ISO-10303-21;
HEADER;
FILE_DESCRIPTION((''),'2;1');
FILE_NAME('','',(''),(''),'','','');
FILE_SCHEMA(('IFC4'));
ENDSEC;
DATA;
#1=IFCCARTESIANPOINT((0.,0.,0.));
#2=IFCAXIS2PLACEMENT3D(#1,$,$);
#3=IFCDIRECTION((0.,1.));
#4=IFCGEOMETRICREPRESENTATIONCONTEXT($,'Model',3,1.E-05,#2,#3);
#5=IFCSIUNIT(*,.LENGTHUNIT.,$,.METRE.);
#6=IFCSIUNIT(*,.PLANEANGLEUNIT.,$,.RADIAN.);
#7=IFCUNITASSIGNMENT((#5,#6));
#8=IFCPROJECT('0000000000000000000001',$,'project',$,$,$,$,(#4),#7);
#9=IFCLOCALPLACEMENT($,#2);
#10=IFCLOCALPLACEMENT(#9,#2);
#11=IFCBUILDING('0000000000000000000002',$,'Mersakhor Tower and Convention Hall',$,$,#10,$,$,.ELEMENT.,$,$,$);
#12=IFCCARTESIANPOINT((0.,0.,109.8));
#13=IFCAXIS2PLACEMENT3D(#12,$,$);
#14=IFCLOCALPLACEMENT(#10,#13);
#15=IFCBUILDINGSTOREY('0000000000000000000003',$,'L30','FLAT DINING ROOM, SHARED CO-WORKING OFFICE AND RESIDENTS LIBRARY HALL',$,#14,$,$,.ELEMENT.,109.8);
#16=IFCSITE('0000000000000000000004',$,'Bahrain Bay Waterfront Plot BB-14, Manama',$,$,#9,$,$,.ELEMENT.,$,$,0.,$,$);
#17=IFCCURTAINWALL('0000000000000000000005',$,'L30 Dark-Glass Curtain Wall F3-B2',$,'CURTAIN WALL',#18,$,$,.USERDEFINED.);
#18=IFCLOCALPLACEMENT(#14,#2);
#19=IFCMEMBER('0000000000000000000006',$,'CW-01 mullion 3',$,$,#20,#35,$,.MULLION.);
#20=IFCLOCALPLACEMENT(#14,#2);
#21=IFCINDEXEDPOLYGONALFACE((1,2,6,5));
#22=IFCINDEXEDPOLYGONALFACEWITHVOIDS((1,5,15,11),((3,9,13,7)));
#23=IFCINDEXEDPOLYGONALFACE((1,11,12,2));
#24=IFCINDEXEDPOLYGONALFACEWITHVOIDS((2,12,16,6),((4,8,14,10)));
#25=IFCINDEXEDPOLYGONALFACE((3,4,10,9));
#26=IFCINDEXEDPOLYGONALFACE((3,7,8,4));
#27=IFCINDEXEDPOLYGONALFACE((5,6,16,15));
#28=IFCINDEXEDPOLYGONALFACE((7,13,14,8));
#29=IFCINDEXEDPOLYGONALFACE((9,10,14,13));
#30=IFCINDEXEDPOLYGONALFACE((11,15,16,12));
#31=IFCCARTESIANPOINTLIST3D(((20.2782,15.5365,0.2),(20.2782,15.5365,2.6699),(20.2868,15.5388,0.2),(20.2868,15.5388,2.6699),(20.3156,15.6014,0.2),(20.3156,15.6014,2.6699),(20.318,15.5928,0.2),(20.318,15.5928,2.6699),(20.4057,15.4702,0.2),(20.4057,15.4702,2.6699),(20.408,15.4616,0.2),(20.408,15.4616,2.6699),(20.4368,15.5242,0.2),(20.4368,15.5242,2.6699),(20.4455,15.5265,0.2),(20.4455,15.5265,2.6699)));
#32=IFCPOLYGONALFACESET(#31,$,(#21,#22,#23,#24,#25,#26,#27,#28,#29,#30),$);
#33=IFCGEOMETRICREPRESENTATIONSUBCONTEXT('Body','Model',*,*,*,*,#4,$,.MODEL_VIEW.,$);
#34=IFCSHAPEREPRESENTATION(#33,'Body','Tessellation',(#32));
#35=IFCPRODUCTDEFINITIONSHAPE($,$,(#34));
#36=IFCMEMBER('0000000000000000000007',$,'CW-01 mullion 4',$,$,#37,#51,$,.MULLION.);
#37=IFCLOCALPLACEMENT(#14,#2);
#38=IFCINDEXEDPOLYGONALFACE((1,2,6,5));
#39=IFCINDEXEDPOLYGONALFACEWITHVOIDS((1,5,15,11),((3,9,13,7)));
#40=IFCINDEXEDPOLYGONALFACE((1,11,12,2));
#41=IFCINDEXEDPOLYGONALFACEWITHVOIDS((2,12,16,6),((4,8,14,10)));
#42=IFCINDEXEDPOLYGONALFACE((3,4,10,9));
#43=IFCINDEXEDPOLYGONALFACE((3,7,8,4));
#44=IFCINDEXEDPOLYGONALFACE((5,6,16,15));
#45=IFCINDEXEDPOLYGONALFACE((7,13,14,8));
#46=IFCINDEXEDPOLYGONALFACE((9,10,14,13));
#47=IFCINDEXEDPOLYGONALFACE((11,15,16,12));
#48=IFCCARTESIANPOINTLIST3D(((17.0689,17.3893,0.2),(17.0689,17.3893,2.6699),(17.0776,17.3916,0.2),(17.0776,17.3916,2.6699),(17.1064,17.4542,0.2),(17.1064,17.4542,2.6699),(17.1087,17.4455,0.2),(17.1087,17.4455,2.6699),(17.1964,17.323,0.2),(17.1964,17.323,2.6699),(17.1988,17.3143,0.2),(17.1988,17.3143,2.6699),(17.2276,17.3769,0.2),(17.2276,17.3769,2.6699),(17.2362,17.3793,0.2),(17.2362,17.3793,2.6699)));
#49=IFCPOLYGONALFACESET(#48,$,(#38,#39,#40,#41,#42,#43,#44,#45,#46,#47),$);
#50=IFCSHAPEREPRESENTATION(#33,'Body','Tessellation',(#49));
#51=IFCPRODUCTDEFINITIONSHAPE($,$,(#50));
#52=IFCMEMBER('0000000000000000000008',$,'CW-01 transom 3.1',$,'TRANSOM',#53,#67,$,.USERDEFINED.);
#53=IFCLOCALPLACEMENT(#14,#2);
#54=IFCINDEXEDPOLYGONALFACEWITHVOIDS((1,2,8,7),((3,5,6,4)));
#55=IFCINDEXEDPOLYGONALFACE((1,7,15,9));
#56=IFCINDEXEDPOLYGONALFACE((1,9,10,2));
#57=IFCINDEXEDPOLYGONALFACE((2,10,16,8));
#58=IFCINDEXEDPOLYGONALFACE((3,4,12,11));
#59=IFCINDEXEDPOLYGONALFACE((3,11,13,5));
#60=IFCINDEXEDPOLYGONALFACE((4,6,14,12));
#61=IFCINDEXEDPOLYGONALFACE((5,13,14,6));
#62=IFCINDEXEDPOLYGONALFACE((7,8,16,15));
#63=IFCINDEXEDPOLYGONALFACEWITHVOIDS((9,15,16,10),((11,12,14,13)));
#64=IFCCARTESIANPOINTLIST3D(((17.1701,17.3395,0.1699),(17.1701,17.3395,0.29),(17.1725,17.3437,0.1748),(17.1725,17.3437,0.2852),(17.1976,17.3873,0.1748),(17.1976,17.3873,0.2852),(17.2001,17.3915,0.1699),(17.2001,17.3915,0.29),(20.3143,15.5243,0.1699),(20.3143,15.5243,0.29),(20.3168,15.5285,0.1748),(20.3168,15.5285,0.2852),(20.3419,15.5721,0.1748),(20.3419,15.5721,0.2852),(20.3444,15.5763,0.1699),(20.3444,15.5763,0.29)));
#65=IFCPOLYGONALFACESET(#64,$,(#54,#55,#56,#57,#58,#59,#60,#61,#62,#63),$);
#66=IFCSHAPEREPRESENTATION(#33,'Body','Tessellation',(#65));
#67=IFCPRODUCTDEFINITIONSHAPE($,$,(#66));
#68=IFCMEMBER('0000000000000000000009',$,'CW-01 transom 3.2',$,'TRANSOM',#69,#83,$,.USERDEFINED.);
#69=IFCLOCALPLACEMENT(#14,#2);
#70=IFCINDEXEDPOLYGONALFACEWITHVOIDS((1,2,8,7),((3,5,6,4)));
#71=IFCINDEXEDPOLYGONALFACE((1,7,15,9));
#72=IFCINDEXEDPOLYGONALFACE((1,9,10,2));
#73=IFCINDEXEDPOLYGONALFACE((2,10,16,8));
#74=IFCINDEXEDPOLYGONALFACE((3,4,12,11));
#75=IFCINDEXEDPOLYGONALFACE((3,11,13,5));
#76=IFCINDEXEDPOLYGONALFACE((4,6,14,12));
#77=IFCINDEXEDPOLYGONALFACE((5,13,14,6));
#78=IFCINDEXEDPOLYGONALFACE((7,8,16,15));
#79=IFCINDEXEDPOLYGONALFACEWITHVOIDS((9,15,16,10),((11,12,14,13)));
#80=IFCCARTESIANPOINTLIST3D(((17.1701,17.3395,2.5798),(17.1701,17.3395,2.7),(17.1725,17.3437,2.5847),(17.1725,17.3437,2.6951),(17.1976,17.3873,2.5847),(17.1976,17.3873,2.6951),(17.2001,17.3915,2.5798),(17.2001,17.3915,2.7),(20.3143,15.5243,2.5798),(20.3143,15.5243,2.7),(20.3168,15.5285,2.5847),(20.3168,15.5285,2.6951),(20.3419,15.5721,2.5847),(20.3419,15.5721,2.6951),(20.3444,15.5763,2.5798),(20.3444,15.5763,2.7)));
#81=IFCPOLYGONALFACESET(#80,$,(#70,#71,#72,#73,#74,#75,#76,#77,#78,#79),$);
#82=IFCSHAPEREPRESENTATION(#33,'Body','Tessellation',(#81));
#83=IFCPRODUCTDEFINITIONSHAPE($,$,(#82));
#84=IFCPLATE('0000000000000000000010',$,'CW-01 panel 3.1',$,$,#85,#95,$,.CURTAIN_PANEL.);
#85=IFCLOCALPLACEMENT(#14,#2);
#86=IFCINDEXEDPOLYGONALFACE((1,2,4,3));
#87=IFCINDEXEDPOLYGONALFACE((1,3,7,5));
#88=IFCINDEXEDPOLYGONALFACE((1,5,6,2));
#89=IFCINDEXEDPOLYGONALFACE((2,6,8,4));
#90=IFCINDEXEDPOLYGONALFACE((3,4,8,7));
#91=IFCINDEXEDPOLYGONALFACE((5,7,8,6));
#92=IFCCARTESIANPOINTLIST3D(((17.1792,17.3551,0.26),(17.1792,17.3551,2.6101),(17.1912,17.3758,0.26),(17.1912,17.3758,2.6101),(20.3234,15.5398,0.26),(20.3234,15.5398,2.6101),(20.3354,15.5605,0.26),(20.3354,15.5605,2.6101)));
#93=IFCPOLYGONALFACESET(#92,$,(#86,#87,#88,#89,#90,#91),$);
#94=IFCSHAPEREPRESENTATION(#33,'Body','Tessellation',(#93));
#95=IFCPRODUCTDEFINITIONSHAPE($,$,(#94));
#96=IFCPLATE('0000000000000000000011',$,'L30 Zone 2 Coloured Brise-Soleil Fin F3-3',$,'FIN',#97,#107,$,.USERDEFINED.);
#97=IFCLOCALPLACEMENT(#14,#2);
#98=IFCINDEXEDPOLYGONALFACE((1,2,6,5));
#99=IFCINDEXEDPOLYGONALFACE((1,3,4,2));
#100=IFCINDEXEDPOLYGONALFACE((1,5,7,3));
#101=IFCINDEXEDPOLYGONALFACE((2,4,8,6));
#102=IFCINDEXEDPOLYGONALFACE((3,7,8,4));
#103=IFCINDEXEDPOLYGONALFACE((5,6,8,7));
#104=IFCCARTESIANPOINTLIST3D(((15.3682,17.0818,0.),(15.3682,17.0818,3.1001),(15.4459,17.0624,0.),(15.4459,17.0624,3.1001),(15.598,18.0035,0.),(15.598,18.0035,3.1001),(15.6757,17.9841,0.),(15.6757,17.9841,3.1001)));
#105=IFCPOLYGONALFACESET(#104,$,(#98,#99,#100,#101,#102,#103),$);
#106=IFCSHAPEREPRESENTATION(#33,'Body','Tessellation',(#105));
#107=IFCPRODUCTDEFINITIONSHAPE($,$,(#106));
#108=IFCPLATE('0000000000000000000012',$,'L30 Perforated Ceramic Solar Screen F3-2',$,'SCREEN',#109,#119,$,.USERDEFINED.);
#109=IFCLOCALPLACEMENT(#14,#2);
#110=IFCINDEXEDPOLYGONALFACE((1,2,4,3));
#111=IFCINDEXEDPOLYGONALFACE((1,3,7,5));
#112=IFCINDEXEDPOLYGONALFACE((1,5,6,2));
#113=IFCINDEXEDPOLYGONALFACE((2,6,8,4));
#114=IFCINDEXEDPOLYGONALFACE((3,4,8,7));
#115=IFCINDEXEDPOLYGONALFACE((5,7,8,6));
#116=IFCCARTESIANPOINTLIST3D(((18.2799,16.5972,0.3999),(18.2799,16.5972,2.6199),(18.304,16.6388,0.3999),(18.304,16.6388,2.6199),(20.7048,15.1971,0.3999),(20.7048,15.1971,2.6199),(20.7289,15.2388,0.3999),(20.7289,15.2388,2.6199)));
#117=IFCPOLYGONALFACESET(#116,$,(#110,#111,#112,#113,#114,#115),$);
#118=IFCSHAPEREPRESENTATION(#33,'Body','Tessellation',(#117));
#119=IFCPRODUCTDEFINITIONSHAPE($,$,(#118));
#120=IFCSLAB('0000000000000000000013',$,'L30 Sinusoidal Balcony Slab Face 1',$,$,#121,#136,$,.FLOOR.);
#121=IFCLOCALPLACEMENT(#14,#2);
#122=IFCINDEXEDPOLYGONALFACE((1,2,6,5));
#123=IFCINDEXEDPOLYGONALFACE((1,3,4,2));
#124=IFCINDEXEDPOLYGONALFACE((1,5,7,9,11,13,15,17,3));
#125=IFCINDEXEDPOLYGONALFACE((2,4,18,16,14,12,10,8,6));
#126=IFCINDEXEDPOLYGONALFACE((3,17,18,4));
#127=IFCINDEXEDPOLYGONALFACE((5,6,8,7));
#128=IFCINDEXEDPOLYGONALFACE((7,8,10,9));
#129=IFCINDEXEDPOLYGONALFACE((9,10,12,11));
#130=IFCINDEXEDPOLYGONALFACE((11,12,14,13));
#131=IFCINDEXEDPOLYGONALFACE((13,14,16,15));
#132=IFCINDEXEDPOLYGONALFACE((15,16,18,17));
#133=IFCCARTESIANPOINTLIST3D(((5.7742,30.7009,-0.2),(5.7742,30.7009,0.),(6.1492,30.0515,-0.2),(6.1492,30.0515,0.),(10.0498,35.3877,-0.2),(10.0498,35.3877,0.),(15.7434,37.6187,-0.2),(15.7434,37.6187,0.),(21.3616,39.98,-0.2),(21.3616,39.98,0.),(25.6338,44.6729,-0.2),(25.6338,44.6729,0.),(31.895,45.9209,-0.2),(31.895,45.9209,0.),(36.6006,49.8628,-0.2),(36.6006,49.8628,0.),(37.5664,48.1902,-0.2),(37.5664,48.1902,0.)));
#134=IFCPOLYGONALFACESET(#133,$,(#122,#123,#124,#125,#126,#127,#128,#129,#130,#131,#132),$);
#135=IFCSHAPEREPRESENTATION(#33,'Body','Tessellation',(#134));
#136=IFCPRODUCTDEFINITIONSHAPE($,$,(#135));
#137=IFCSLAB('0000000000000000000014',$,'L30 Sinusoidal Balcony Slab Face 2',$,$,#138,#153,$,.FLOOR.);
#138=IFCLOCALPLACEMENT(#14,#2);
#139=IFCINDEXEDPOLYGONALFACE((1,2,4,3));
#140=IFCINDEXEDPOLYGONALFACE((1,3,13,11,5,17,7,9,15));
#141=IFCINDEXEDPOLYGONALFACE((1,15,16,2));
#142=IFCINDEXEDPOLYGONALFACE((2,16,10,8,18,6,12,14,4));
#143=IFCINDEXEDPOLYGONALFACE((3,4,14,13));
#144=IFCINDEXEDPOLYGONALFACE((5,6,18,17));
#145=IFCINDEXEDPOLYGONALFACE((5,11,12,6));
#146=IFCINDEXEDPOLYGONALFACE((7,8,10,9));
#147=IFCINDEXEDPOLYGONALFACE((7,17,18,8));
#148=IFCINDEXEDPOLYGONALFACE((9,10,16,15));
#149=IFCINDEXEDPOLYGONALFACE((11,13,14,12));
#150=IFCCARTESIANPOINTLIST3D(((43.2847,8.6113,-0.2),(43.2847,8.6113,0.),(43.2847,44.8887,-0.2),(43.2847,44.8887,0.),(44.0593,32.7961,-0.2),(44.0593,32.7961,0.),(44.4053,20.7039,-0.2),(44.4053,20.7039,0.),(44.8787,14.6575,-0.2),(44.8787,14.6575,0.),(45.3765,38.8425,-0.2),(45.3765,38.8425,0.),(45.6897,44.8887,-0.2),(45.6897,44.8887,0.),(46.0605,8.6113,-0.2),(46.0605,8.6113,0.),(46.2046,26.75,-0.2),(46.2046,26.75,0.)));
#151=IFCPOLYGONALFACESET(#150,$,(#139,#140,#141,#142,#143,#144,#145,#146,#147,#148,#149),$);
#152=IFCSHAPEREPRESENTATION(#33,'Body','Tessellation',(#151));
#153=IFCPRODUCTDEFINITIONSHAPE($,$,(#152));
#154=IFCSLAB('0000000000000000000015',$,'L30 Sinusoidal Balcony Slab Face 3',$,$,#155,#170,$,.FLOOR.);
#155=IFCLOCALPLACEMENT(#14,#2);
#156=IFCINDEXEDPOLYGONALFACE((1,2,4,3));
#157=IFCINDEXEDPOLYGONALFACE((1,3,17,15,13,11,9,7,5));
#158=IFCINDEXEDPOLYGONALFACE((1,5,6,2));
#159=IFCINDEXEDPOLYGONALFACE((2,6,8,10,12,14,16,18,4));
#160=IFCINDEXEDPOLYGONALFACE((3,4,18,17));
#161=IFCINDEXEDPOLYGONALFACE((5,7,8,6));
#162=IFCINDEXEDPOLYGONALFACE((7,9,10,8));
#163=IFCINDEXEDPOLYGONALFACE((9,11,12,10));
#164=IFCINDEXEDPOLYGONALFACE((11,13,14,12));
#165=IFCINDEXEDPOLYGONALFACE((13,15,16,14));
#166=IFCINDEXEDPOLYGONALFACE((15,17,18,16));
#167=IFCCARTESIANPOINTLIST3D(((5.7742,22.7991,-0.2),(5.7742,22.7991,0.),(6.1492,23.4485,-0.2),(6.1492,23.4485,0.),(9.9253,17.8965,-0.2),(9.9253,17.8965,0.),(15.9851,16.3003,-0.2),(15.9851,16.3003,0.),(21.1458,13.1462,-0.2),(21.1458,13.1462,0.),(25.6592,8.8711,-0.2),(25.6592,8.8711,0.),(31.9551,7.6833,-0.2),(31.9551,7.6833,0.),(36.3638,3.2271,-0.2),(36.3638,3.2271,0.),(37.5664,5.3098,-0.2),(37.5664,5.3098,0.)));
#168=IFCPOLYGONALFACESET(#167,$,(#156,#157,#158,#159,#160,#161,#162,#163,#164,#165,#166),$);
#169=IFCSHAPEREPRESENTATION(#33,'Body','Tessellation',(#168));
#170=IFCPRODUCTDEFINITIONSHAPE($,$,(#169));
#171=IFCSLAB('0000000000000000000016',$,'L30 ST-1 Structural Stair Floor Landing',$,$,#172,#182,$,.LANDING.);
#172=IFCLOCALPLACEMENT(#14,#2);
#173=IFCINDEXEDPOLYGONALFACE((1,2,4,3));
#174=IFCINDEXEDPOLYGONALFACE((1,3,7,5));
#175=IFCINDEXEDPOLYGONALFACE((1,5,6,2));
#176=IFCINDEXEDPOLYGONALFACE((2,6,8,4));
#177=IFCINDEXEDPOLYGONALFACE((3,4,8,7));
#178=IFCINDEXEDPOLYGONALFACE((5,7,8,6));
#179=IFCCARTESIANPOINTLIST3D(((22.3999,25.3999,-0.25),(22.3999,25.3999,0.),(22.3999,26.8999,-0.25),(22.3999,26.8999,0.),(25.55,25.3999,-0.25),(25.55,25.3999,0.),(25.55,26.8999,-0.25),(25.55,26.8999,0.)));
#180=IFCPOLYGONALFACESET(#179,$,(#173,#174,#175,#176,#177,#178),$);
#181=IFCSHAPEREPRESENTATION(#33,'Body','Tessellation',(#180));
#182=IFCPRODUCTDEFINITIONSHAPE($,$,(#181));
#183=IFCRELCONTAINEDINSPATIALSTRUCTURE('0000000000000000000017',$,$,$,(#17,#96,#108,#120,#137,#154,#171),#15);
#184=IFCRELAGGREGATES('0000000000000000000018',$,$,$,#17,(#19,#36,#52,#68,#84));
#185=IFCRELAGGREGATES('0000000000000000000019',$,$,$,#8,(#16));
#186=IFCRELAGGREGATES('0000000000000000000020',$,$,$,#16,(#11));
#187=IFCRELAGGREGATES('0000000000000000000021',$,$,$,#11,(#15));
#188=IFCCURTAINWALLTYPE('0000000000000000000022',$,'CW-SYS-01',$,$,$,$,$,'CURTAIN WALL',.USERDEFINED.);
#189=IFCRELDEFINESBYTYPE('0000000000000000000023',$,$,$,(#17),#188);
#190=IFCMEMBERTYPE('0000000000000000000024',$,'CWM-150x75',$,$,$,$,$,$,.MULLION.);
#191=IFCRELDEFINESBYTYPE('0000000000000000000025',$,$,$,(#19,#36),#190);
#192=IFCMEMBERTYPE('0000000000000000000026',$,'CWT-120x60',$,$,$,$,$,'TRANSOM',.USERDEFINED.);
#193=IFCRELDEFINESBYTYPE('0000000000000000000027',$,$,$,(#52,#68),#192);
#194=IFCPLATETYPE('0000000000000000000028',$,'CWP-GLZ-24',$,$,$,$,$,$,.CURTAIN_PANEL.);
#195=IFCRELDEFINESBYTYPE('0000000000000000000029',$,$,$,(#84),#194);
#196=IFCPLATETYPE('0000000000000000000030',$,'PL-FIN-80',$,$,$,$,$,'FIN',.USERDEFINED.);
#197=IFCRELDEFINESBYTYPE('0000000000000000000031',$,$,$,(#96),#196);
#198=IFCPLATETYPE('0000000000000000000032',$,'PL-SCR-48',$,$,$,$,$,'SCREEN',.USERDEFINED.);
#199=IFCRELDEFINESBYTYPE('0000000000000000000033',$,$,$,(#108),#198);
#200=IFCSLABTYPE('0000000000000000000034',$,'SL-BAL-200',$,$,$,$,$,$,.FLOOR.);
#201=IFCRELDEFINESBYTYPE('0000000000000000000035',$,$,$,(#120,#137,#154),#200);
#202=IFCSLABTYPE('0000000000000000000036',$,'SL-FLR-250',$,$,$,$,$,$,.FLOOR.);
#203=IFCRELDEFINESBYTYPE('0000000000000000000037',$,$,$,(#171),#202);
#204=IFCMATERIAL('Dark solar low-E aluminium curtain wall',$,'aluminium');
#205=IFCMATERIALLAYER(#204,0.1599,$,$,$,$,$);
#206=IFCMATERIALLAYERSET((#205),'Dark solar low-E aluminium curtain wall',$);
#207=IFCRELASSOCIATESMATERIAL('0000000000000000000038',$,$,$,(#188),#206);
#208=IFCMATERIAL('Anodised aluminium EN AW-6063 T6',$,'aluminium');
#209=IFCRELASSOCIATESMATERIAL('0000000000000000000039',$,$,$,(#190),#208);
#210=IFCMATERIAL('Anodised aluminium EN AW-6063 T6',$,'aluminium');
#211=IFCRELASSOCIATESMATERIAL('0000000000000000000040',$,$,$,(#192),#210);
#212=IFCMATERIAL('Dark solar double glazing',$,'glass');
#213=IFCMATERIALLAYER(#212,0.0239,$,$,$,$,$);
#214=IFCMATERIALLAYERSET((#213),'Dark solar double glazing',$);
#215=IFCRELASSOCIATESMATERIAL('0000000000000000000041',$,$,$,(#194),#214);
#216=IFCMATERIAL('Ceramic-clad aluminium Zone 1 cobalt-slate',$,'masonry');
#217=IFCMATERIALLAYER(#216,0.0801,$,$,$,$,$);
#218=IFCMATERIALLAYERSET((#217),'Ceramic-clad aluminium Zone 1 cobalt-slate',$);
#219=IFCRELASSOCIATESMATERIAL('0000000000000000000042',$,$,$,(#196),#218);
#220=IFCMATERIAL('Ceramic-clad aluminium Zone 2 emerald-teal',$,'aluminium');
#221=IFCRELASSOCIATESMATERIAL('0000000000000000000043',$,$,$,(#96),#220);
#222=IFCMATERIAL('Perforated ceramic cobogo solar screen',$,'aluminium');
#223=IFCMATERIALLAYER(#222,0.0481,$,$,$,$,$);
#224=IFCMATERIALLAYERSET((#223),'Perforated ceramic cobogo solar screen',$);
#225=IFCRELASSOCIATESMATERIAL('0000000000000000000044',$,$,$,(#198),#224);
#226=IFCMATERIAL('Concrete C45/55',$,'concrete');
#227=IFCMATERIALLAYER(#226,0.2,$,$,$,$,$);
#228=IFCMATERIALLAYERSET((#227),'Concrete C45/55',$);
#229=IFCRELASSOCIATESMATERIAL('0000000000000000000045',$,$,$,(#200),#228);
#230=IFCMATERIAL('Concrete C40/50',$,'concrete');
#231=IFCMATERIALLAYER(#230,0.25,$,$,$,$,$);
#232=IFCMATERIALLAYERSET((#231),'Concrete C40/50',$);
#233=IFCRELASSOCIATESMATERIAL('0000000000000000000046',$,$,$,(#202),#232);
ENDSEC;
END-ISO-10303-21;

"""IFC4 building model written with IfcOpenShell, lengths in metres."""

from ifc_helpers import new_model, si_unit, direction, frame, origin, origin_2d, place, context, subcontext, project, spatial, polyline, rectangle, hollow_rectangle, outline, extrude, material, layer, layer_set, material_profile, profile_set, type_object, element, aggregate, save


model = new_model("IFC4")

# Units and contexts
model_context = context("Model", 3, precision=1e-05, world=origin(), true_north=direction((0.0, 1.0)))
body_context = subcontext(model_context, "Body", "Model", "MODEL_VIEW")
ifc_project = project(units=[si_unit("LENGTHUNIT", "METRE"), si_unit("PLANEANGLEUNIT", "RADIAN")], contexts=[model_context])

# Site, building, storey
site_placement = place(None, origin())
site = spatial("IfcSite", under=ifc_project, at=site_placement, Name="Bahrain Bay Waterfront Plot BB-14, Manama", CompositionType="ELEMENT", RefElevation=0.0)
building_placement = place(site_placement, origin())
building = spatial("IfcBuilding", under=site, at=building_placement, Name="Mersakhor Tower and Convention Hall", CompositionType="ELEMENT")
storey_placement = place(building_placement, frame((0.0, 0.0, 109.8)))
storey = spatial("IfcBuildingStorey", under=building, at=storey_placement, Name="L30", Description="FLAT DINING ROOM, SHARED CO-WORKING OFFICE AND RESIDENTS LIBRARY HALL", CompositionType="ELEMENT", Elevation=109.8)

# Curtain wall, members, plate
ifc_material_1 = material(Name="Dark solar low-E aluminium curtain wall", Category="aluminium")
ifc_layer_1 = layer(ifc_material_1, 0.1599)
ifc_layer_set_1 = layer_set([ifc_layer_1], Name="Dark solar low-E aluminium curtain wall")
curtain_wall_type = type_object("IfcCurtainWallType", Name="CW-SYS-01", ElementType="CURTAIN WALL", PredefinedType="USERDEFINED", material=ifc_layer_set_1)
curtain_wall_placement = place(storey_placement, origin())
curtain_wall = element("IfcCurtainWall", 1, at=curtain_wall_placement, inside=storey, type_object=curtain_wall_type, Name="L30 Dark-Glass Curtain Wall F3-B2", ObjectType="CURTAIN WALL", PredefinedType="USERDEFINED")
ifc_material_2 = material(Name="Anodised aluminium EN AW-6063 T6", Category="aluminium")
ifc_material_profile_1 = material_profile(ifc_material_2, hollow_rectangle(XDim=0.075, YDim=0.1499, WallThickness=0.0063, at=origin_2d()), Name="RHS 150x75x6.3")
ifc_profile_set_1 = profile_set([ifc_material_profile_1], Name="Anodised aluminium EN AW-6063 T6")
member_type_1 = type_object("IfcMemberType", Name="CWM-150x75", PredefinedType="MULLION", material=ifc_profile_set_1)
member_1_placement = place(storey_placement, frame((20.3618, 15.5315, 0.2), z_axis=(0.0, 0.0, 1.0), x_axis=(-0.499998, -0.866027, 0.0)))
member_1 = element("IfcMember", 2, at=member_1_placement, type_object=member_type_1, Name="CW-01 mullion 3", PredefinedType="MULLION", context=body_context, shape_type="SweptSolid", body=[
    extrude(hollow_rectangle(XDim=0.075, YDim=0.1499, WallThickness=0.0063, at=origin_2d()), origin(), (0.0, 0.0, 1.0), 2.47),
])
member_2_placement = place(storey_placement, frame((17.1526, 17.3843, 0.2), z_axis=(0.0, 0.0, 1.0), x_axis=(-0.499998, -0.866027, 0.0)))
member_2 = element("IfcMember", 3, at=member_2_placement, type_object=member_type_1, Name="CW-01 mullion 4", PredefinedType="MULLION", context=body_context, shape_type="SweptSolid", body=[
    extrude(hollow_rectangle(XDim=0.075, YDim=0.1499, WallThickness=0.0063, at=origin_2d()), origin(), (0.0, 0.0, 1.0), 2.47),
])
ifc_material_3 = material(Name="Anodised aluminium EN AW-6063 T6", Category="aluminium")
ifc_material_profile_2 = material_profile(ifc_material_3, hollow_rectangle(XDim=0.0601, YDim=0.1201, WallThickness=0.0049, at=origin_2d()), Name="RHS 120x60x5")
ifc_profile_set_2 = profile_set([ifc_material_profile_2], Name="Anodised aluminium EN AW-6063 T6")
member_type_2 = type_object("IfcMemberType", Name="CWT-120x60", ElementType="TRANSOM", PredefinedType="USERDEFINED", material=ifc_profile_set_2)
member_3_placement = place(storey_placement, frame((20.3293, 15.5503, 0.23), z_axis=(-0.866046, 0.499965, 0.0), x_axis=(-0.499965, -0.866046, 0.0)))
member_3 = element("IfcMember", 4, at=member_3_placement, type_object=member_type_2, Name="CW-01 transom 3.1", ObjectType="TRANSOM", PredefinedType="USERDEFINED", context=body_context, shape_type="SweptSolid", body=[
    extrude(hollow_rectangle(XDim=0.0601, YDim=0.1201, WallThickness=0.0049, at=origin_2d()), origin(), (0.0, 0.0, 1.0), 3.6306),
])
member_4_placement = place(storey_placement, frame((20.3293, 15.5503, 2.6399), z_axis=(-0.866046, 0.499965, 0.0), x_axis=(-0.499965, -0.866046, 0.0)))
member_4 = element("IfcMember", 5, at=member_4_placement, type_object=member_type_2, Name="CW-01 transom 3.2", ObjectType="TRANSOM", PredefinedType="USERDEFINED", context=body_context, shape_type="SweptSolid", body=[
    extrude(hollow_rectangle(XDim=0.0601, YDim=0.1201, WallThickness=0.0049, at=origin_2d()), origin(), (0.0, 0.0, 1.0), 3.6306),
])
ifc_material_4 = material(Name="Dark solar double glazing", Category="glass")
ifc_layer_2 = layer(ifc_material_4, 0.0239)
ifc_layer_set_2 = layer_set([ifc_layer_2], Name="Dark solar double glazing")
plate_type_1 = type_object("IfcPlateType", Name="CWP-GLZ-24", PredefinedType="CURTAIN_PANEL", material=ifc_layer_set_2)
plate_1_placement = place(storey_placement, frame((18.7573, 16.4578, 0.26), z_axis=(0.0, 0.0, 1.0), x_axis=(-0.866027, 0.499998, 0.0)))
plate_1 = element("IfcPlate", 6, at=plate_1_placement, type_object=plate_type_1, Name="CW-01 panel 3.1", PredefinedType="CURTAIN_PANEL", context=body_context, shape_type="SweptSolid", body=[
    extrude(rectangle(XDim=3.6306, YDim=0.0239, at=origin_2d()), origin(), (0.0, 0.0, 1.0), 2.3501),
])
aggregate(curtain_wall, [member_1, member_2, member_3, member_4, plate_1])

# Plates
ifc_material_5 = material(Name="Ceramic-clad aluminium Zone 2 emerald-teal", Category="aluminium")
ifc_material_6 = material(Name="Ceramic-clad aluminium Zone 1 cobalt-slate", Category="masonry")
ifc_layer_3 = layer(ifc_material_6, 0.0801)
ifc_layer_set_3 = layer_set([ifc_layer_3], Name="Ceramic-clad aluminium Zone 1 cobalt-slate")
plate_type_2 = type_object("IfcPlateType", Name="PL-FIN-80", ElementType="FIN", PredefinedType="USERDEFINED", material=ifc_layer_set_3)
plate_2_placement = place(storey_placement, frame((15.522, 17.533, 0.0), z_axis=(0.0, 0.0, 1.0), x_axis=(-0.241922, -0.970296, 0.0)))
element("IfcPlate", 7, at=plate_2_placement, inside=storey, type_object=plate_type_2, material=ifc_material_5, Name="L30 Zone 2 Coloured Brise-Soleil Fin F3-3", ObjectType="FIN", PredefinedType="USERDEFINED", context=body_context, shape_type="SweptSolid", body=[
    extrude(rectangle(XDim=0.95, YDim=0.0801, at=origin_2d()), origin(), (0.0, 0.0, 1.0), 3.1001),
])
ifc_material_7 = material(Name="Perforated ceramic cobogo solar screen", Category="aluminium")
ifc_layer_4 = layer(ifc_material_7, 0.0481)
ifc_layer_set_4 = layer_set([ifc_layer_4], Name="Perforated ceramic cobogo solar screen")
plate_type_3 = type_object("IfcPlateType", Name="PL-SCR-48", ElementType="SCREEN", PredefinedType="USERDEFINED", material=ifc_layer_set_4)
plate_3_placement = place(storey_placement, frame((19.5044, 15.918, 0.3999), z_axis=(0.0, 0.0, 1.0), x_axis=(-0.866025, 0.5, 0.0)))
element("IfcPlate", 8, at=plate_3_placement, inside=storey, type_object=plate_type_3, Name="L30 Perforated Ceramic Solar Screen F3-2", ObjectType="SCREEN", PredefinedType="USERDEFINED", context=body_context, shape_type="SweptSolid", body=[
    extrude(rectangle(XDim=2.8, YDim=0.0481, at=origin_2d()), origin(), (0.0, 0.0, 1.0), 2.22),
])

# Slabs
ifc_material_8 = material(Name="Concrete C45/55", Category="concrete")
ifc_layer_5 = layer(ifc_material_8, 0.2)
ifc_layer_set_5 = layer_set([ifc_layer_5], Name="Concrete C45/55")
slab_type_1 = type_object("IfcSlabType", Name="SL-BAL-200", PredefinedType="FLOOR", material=ifc_layer_set_5)
slab_1_placement = place(storey_placement, frame((0.0, 0.0, -0.2)))
element("IfcSlab", 9, at=slab_1_placement, inside=storey, type_object=slab_type_1, Name="L30 Sinusoidal Balcony Slab Face 1", PredefinedType="FLOOR", context=body_context, shape_type="SweptSolid", body=[
    extrude(outline(polyline([(6.1492, 30.0515), (37.5664, 48.1902), (36.6006, 49.8628), (31.895, 45.9209), (25.6338, 44.6729), (21.3616, 39.98), (15.7434, 37.6187), (10.0498, 35.3877), (5.7742, 30.7009), (6.1492, 30.0515)])), origin(), (0.0, 0.0, 1.0), 0.2),
])
slab_2_placement = place(storey_placement, frame((0.0, 0.0, -0.2)))
element("IfcSlab", 10, at=slab_2_placement, inside=storey, type_object=slab_type_1, Name="L30 Sinusoidal Balcony Slab Face 2", PredefinedType="FLOOR", context=body_context, shape_type="SweptSolid", body=[
    extrude(outline(polyline([(43.2847, 44.8887), (43.2847, 8.6113), (46.0605, 8.6113), (44.8787, 14.6575), (44.4053, 20.7039), (46.2046, 26.75), (44.0593, 32.7961), (45.3765, 38.8425), (45.6897, 44.8887), (43.2847, 44.8887)])), origin(), (0.0, 0.0, 1.0), 0.2),
])
slab_3_placement = place(storey_placement, frame((0.0, 0.0, -0.2)))
element("IfcSlab", 11, at=slab_3_placement, inside=storey, type_object=slab_type_1, Name="L30 Sinusoidal Balcony Slab Face 3", PredefinedType="FLOOR", context=body_context, shape_type="SweptSolid", body=[
    extrude(outline(polyline([(37.5664, 5.3098), (6.1492, 23.4485), (5.7742, 22.7991), (9.9253, 17.8965), (15.9851, 16.3003), (21.1458, 13.1462), (25.6592, 8.8711), (31.9551, 7.6833), (36.3638, 3.2271), (37.5664, 5.3098)])), origin(), (0.0, 0.0, 1.0), 0.2),
])
ifc_material_9 = material(Name="Concrete C40/50", Category="concrete")
ifc_layer_6 = layer(ifc_material_9, 0.25)
ifc_layer_set_6 = layer_set([ifc_layer_6], Name="Concrete C40/50")
slab_type_2 = type_object("IfcSlabType", Name="SL-FLR-250", PredefinedType="FLOOR", material=ifc_layer_set_6)
slab_4_placement = place(storey_placement, frame((0.0, 0.0, -0.25)))
element("IfcSlab", 12, at=slab_4_placement, inside=storey, type_object=slab_type_2, Name="L30 ST-1 Structural Stair Floor Landing", PredefinedType="LANDING", context=body_context, shape_type="SweptSolid", body=[
    extrude(outline(polyline([(25.55, 25.3999), (25.55, 26.8999), (22.3999, 26.8999), (22.3999, 25.3999), (25.55, 25.3999)])), origin(), (0.0, 0.0, 1.0), 0.25),
])

save(model, "model.ifc")
